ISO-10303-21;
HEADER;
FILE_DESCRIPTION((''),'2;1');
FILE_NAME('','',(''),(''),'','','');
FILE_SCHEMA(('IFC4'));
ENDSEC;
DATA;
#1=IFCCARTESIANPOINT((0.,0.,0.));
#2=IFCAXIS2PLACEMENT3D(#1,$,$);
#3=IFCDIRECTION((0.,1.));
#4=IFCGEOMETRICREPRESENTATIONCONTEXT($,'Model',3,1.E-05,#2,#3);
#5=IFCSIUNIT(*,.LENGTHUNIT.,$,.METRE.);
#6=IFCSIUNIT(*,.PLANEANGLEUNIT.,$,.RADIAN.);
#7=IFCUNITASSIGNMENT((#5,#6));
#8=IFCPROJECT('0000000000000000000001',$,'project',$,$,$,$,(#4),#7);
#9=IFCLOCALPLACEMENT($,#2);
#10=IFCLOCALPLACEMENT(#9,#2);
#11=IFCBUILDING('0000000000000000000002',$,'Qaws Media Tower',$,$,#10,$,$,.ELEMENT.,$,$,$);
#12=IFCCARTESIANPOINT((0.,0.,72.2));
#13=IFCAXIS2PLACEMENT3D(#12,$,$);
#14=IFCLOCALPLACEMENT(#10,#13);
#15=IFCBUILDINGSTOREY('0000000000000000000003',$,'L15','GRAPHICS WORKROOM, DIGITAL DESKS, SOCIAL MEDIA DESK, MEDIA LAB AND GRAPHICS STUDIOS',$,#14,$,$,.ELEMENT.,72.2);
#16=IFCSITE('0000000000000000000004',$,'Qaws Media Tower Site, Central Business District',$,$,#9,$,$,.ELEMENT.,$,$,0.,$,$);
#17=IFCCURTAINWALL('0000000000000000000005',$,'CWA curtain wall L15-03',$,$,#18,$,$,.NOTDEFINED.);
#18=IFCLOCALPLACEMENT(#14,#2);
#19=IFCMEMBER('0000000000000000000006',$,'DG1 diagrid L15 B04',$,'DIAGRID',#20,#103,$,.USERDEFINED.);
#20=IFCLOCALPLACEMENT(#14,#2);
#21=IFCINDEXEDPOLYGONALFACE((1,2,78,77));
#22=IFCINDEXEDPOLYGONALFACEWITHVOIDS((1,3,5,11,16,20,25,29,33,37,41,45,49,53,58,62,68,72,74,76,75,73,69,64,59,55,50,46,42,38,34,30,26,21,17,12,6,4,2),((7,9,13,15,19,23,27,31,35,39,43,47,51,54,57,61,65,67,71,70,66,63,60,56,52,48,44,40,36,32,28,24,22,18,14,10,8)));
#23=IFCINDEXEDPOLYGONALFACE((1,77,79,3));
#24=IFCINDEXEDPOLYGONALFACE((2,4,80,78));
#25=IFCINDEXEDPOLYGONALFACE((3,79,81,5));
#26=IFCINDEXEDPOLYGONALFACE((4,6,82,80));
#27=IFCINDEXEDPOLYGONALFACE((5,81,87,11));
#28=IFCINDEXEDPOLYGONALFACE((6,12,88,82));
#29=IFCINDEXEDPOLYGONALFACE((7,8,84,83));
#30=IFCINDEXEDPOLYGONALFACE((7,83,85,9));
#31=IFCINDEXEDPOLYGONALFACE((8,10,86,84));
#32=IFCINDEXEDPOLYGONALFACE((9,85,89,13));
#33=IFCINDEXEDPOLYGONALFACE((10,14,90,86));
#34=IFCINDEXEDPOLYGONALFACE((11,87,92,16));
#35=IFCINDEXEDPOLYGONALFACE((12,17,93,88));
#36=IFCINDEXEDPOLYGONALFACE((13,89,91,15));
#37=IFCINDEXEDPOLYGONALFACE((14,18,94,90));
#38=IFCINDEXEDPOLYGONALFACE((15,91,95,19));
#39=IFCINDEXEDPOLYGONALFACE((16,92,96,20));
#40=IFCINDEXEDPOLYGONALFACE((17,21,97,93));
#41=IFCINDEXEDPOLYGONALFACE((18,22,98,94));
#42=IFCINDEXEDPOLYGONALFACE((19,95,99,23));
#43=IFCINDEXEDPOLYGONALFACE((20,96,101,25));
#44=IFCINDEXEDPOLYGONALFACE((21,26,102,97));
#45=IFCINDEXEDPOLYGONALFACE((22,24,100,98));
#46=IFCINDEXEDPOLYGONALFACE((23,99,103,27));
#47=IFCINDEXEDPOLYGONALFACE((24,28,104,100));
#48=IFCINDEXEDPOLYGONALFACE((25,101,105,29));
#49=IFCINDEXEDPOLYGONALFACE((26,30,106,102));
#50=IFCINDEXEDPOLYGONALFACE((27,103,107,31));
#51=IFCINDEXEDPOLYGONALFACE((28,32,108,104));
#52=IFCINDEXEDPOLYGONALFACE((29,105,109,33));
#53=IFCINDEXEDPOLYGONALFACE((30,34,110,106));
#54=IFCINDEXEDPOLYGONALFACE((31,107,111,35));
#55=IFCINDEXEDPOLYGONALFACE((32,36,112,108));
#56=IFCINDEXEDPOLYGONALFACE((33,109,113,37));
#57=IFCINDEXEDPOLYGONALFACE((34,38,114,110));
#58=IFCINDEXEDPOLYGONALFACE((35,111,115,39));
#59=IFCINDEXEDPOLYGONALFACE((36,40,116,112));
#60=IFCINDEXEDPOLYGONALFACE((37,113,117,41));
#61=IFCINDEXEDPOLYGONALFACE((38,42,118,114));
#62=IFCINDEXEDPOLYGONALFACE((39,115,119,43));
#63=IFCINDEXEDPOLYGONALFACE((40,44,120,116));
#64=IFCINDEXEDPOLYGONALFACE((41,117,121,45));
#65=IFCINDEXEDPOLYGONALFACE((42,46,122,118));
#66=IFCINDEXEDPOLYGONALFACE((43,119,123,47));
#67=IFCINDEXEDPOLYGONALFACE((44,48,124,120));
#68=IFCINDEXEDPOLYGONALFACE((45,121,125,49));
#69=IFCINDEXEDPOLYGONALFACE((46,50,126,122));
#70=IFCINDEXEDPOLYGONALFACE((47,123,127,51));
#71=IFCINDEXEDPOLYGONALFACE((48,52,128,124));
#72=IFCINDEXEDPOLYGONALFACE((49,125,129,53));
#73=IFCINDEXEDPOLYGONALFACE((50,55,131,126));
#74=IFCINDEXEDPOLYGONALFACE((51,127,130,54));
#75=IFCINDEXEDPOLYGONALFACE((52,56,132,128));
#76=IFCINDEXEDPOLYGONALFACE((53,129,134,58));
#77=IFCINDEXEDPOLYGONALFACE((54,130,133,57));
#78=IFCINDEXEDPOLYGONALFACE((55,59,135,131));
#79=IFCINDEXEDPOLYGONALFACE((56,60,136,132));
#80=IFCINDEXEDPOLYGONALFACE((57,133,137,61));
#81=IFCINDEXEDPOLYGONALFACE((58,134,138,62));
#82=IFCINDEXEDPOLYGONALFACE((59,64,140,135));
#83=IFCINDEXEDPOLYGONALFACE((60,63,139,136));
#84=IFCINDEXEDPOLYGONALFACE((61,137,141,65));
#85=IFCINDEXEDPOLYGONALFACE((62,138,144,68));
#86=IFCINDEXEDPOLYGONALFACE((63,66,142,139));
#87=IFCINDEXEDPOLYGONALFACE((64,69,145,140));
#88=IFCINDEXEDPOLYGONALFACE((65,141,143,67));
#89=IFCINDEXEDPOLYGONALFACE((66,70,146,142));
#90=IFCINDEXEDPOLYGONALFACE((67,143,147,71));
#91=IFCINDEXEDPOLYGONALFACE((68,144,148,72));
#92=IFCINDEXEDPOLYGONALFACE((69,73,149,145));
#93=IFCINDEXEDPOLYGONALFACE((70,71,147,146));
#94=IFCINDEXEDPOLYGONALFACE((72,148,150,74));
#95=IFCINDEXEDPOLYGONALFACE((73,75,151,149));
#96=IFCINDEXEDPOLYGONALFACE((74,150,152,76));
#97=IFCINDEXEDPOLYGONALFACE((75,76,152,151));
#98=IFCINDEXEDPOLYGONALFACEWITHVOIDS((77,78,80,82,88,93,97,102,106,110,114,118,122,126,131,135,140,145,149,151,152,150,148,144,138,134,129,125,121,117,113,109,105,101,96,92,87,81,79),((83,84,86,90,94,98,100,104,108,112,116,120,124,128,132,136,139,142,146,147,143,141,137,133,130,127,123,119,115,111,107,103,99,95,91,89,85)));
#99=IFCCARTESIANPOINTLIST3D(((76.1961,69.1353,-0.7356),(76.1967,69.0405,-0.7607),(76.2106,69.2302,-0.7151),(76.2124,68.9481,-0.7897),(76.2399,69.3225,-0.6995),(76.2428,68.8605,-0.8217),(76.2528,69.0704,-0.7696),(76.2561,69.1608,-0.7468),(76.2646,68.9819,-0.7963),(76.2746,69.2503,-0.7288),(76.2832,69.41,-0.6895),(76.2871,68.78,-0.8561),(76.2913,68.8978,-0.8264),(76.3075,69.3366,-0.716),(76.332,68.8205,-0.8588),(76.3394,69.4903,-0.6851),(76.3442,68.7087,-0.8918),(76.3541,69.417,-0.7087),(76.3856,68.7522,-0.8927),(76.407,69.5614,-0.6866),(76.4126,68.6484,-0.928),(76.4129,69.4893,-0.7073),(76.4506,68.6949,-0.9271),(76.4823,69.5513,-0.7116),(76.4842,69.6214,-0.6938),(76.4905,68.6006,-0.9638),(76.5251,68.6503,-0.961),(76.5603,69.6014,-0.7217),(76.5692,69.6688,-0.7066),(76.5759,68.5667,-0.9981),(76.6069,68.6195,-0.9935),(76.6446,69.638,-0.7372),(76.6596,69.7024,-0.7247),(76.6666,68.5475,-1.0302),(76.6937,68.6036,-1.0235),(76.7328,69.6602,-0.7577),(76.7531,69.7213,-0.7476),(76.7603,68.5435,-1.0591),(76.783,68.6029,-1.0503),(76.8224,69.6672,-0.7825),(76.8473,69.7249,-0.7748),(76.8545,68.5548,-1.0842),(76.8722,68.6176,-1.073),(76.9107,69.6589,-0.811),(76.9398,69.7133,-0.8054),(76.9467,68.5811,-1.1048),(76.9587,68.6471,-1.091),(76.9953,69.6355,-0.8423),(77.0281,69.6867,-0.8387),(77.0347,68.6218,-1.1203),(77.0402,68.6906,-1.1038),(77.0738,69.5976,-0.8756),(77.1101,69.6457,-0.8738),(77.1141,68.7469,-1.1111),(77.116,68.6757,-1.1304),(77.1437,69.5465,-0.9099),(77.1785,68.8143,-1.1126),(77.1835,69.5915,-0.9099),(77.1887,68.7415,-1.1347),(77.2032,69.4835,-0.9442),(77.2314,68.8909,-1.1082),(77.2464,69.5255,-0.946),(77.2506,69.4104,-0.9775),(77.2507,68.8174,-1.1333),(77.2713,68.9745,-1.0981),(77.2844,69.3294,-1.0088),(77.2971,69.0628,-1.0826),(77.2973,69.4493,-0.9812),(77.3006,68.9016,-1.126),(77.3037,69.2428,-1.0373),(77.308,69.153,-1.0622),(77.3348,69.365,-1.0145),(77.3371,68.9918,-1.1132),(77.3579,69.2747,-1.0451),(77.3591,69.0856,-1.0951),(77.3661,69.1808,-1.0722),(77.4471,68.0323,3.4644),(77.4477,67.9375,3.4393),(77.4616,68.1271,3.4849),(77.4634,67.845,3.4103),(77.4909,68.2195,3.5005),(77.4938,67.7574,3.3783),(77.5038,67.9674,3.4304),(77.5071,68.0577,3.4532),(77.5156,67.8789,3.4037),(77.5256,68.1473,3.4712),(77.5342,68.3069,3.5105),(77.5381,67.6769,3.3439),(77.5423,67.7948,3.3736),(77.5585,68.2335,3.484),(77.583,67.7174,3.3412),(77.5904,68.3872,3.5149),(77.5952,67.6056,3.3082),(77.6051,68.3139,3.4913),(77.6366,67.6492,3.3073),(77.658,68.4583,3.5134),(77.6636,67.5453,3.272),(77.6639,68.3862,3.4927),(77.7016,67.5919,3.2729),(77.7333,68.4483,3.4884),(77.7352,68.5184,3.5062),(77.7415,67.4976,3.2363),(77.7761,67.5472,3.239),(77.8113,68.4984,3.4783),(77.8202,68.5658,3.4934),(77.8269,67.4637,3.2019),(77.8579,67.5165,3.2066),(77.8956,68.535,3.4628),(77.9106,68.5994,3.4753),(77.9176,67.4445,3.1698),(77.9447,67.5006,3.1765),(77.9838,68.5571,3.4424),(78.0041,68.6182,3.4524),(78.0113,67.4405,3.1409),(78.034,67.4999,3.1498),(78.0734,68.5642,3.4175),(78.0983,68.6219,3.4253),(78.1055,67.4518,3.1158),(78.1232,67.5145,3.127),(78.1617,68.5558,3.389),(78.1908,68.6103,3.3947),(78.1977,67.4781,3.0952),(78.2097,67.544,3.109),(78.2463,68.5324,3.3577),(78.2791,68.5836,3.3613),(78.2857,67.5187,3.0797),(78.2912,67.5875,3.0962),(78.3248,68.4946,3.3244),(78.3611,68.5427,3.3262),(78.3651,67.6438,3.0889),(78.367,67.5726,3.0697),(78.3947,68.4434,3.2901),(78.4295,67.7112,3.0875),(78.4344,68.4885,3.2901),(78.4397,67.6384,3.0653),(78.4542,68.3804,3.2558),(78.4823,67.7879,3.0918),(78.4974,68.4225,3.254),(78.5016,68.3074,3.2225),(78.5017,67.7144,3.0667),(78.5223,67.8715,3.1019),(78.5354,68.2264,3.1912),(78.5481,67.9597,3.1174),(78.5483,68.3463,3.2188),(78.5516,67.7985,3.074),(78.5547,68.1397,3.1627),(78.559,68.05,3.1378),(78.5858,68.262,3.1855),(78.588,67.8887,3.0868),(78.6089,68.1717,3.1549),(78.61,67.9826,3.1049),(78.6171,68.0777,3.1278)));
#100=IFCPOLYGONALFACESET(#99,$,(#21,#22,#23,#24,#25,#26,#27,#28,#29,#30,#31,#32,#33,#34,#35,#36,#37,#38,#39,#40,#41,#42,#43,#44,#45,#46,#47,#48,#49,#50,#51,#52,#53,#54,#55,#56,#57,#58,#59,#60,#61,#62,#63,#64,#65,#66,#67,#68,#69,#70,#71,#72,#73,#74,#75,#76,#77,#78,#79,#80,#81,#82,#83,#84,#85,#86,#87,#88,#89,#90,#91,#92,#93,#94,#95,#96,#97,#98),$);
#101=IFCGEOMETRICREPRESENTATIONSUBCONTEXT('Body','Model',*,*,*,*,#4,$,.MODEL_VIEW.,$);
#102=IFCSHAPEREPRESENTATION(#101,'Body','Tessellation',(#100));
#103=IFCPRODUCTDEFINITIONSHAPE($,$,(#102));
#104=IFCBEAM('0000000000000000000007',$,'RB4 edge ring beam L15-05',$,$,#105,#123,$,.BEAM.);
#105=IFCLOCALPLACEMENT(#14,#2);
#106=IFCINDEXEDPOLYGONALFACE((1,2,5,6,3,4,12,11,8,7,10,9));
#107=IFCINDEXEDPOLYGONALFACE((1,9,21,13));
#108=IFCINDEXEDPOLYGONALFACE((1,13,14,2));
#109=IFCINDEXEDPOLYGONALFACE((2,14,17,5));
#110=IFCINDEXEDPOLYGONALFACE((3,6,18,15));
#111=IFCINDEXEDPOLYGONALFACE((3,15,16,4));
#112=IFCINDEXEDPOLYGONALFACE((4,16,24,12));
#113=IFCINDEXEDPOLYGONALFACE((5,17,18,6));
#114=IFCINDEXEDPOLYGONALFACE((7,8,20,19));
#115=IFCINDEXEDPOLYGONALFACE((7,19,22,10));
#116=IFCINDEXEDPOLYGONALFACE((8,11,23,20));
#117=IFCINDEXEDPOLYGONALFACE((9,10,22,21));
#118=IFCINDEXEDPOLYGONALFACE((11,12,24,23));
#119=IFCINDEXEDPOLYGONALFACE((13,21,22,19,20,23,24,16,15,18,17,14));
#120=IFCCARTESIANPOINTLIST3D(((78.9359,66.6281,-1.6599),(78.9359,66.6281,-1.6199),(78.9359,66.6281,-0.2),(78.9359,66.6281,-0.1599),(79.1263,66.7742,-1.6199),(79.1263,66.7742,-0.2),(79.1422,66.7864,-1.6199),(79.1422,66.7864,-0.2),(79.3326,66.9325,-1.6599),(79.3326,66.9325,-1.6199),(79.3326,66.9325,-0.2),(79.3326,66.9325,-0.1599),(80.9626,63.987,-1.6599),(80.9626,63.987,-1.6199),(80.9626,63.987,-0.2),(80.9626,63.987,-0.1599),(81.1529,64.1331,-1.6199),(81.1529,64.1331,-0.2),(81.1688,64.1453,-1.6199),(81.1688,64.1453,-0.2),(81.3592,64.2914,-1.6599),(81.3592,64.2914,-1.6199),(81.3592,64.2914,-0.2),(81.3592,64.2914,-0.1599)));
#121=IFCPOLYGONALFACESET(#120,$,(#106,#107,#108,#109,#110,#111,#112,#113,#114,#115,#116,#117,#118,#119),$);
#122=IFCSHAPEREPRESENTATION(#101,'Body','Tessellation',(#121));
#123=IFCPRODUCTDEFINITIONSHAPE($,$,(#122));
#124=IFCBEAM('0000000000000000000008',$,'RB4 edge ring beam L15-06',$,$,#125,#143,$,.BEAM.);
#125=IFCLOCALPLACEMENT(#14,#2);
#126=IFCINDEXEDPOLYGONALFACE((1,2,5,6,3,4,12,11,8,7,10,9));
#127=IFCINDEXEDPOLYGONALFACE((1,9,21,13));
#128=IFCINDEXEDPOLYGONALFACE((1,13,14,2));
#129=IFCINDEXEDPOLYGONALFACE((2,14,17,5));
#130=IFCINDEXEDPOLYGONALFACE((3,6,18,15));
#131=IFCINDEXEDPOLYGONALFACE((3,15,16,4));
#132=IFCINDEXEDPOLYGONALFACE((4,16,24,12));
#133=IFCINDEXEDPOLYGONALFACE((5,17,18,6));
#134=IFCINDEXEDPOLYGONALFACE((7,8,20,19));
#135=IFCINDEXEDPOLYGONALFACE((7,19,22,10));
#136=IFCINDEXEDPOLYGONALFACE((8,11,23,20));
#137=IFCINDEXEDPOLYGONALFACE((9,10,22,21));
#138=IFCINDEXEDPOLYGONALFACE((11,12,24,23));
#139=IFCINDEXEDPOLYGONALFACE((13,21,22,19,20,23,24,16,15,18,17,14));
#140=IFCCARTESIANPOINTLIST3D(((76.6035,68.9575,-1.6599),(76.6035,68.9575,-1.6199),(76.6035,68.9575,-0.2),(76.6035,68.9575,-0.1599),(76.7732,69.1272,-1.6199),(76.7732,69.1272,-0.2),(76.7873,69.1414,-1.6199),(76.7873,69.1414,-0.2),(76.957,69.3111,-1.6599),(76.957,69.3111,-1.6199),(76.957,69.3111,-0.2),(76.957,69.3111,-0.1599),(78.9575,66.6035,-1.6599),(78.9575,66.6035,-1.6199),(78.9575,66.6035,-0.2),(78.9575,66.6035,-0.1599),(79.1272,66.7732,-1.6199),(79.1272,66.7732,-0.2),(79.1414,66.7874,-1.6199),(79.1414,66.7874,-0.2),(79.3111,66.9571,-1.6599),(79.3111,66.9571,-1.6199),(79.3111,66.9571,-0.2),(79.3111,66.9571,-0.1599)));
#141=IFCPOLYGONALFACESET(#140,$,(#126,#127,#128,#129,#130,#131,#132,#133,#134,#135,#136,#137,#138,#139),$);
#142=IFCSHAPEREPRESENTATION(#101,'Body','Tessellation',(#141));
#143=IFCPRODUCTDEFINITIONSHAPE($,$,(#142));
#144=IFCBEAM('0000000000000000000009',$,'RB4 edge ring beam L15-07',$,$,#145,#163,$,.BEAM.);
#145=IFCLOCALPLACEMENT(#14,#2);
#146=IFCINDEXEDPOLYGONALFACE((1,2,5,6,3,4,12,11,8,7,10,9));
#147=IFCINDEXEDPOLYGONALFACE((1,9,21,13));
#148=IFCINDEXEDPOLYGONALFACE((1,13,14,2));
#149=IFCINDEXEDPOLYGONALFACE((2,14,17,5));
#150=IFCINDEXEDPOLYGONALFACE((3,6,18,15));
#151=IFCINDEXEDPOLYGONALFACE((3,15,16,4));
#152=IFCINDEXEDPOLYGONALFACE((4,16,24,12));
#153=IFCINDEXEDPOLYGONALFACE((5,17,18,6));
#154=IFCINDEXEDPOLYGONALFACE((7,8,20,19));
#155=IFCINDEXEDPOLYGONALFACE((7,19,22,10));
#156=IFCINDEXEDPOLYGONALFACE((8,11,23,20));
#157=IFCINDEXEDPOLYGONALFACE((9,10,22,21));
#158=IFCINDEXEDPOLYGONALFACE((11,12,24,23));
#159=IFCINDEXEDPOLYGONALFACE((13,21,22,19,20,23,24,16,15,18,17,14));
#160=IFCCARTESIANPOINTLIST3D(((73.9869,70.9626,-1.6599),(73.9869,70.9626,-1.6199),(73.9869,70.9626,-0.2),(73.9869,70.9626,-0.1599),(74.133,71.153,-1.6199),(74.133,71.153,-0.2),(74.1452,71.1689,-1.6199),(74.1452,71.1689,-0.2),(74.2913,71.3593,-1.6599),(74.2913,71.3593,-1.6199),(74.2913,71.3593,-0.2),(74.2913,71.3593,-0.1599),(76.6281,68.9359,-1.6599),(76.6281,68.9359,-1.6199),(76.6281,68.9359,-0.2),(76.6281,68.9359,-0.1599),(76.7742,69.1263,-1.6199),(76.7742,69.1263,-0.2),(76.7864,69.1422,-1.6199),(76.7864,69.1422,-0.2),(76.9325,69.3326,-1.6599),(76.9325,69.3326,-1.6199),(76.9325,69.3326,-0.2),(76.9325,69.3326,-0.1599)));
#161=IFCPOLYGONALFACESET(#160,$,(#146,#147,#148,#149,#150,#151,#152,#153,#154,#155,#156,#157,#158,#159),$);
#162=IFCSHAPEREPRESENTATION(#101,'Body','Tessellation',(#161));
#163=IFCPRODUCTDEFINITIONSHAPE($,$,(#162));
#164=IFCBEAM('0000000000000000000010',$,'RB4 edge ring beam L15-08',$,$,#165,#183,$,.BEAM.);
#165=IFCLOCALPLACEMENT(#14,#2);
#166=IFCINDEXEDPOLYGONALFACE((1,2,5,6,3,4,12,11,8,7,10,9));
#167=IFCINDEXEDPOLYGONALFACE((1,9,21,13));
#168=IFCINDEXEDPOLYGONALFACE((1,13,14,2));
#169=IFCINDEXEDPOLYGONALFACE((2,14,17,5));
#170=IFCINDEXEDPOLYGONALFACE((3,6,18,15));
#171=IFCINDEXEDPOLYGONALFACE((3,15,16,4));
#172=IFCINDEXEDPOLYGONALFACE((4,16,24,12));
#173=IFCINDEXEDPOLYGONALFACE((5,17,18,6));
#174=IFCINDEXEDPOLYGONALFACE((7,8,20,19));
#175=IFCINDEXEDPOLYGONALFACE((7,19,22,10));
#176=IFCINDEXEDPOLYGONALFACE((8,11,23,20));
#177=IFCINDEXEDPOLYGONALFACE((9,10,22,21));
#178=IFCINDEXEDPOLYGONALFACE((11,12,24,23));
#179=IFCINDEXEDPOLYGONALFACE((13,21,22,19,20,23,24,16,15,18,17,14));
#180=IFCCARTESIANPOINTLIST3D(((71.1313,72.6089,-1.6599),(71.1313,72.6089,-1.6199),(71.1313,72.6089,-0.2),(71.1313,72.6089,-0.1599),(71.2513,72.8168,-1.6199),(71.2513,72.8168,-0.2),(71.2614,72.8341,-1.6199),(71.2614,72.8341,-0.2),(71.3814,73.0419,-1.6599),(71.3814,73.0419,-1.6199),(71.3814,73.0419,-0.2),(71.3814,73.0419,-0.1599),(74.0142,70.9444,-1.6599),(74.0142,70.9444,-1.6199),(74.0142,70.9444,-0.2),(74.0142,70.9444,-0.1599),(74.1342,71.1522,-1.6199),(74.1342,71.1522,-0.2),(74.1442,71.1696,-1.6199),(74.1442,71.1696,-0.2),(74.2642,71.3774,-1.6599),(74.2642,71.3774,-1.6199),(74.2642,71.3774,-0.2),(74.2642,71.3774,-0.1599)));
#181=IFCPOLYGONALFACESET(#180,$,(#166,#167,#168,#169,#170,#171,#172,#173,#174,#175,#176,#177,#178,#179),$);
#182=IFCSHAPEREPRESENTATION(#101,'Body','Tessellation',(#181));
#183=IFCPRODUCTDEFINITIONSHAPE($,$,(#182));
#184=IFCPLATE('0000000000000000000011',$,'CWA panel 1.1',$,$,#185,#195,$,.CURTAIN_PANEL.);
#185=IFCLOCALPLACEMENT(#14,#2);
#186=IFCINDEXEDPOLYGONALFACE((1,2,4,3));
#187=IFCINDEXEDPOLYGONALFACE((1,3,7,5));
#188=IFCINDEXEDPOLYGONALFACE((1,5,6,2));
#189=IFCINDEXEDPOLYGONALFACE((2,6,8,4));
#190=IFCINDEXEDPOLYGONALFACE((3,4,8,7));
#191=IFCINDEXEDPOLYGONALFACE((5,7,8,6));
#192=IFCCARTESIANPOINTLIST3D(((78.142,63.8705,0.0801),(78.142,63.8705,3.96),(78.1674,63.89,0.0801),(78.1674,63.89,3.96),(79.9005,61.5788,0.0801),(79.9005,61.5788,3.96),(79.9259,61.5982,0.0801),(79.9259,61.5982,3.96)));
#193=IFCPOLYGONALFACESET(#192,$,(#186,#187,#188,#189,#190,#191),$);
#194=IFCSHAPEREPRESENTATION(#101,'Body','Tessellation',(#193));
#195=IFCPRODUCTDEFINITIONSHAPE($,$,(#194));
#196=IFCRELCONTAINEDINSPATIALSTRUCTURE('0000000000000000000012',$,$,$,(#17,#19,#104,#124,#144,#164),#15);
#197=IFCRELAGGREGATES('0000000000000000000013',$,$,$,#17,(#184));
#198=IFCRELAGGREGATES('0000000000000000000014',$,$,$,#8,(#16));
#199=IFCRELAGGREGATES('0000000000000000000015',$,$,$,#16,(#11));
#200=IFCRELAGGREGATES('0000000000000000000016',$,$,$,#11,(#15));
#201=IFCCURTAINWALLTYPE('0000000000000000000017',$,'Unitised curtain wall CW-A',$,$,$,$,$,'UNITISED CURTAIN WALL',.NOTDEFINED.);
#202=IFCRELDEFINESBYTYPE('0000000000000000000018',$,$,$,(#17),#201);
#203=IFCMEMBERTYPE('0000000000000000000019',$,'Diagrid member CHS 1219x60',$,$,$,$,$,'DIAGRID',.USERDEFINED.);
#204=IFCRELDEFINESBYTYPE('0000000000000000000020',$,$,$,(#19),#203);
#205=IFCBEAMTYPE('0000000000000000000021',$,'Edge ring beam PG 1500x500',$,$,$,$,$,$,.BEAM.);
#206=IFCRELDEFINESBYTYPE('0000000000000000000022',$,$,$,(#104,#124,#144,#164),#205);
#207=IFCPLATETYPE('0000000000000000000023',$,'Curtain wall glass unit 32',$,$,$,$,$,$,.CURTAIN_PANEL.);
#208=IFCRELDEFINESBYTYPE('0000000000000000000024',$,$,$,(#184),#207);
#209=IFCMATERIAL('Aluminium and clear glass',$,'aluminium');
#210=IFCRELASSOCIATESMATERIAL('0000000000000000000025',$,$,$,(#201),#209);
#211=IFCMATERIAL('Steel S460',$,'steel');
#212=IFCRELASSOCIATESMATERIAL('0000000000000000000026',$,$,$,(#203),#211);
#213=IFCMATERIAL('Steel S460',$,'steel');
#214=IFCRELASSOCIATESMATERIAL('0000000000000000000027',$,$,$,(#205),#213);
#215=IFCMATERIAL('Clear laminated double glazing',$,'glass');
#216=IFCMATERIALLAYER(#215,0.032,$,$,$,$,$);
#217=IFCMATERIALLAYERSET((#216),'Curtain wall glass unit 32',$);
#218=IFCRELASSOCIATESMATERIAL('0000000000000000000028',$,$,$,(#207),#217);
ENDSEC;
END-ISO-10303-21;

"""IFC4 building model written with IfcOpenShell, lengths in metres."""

from ifc_helpers import new_model, si_unit, direction, frame, origin, origin_2d, place, context, subcontext, project, spatial, rectangle, hollow_circle, i_section, extrude, material, layer, layer_set, material_profile, profile_set, type_object, element, aggregate, save


model = new_model("IFC4")

# Units and contexts
model_context = context("Model", 3, precision=1e-05, world=origin(), true_north=direction((0.0, 1.0)))
body_context = subcontext(model_context, "Body", "Model", "MODEL_VIEW")
ifc_project = project(units=[si_unit("LENGTHUNIT", "METRE"), si_unit("PLANEANGLEUNIT", "RADIAN")], contexts=[model_context])

# Site, building, storey
site_placement = place(None, origin())
site = spatial("IfcSite", under=ifc_project, at=site_placement, Name="Qaws Media Tower Site, Central Business District", CompositionType="ELEMENT", RefElevation=0.0)
building_placement = place(site_placement, origin())
building = spatial("IfcBuilding", under=site, at=building_placement, Name="Qaws Media Tower", CompositionType="ELEMENT")
storey_placement = place(building_placement, frame((0.0, 0.0, 72.2)))
storey = spatial("IfcBuildingStorey", under=building, at=storey_placement, Name="L15", Description="GRAPHICS WORKROOM, DIGITAL DESKS, SOCIAL MEDIA DESK, MEDIA LAB AND GRAPHICS STUDIOS", CompositionType="ELEMENT", Elevation=72.2)

# Shared definitions
ifc_material_1 = material(Name="Aluminium and clear glass", Category="aluminium")
curtain_wall_type = type_object("IfcCurtainWallType", Name="Unitised curtain wall CW-A", ElementType="UNITISED CURTAIN WALL", PredefinedType="NOTDEFINED", material=ifc_material_1)

# Curtain wall
curtain_wall_1_placement = place(storey_placement, origin())
curtain_wall_1 = element("IfcCurtainWall", 1, at=curtain_wall_1_placement, inside=storey, type_object=curtain_wall_type, Name="CWA curtain wall L15-03", PredefinedType="NOTDEFINED")

# Member
ifc_material_2 = material(Name="Steel S460", Category="steel")
ifc_material_profile_1 = material_profile(ifc_material_2, hollow_circle(Radius=0.6096, WallThickness=0.0601, at=origin_2d()), Name="CHS 1219x60")
ifc_profile_set_1 = profile_set([ifc_material_profile_1], Name="Steel S460")
member_type_1 = type_object("IfcMemberType", Name="Diagrid member CHS 1219x60", ElementType="DIAGRID", PredefinedType="USERDEFINED", material=ifc_profile_set_1)
for number, where, z_axis, x_axis, name in (
    (2, (76.7803, 69.1343, -0.9099), (0.276827, -0.244088, 0.929402), (0.66136, 0.750068, 0.0), "DG1 diagrid L15 B04"),
):
    element("IfcMember", number, at=place(storey_placement, frame(where, z_axis=z_axis, x_axis=x_axis)), inside=storey, type_object=member_type_1, Name=name, ObjectType="DIAGRID", PredefinedType="USERDEFINED", context=body_context, shape_type="SweptSolid", body=[
        extrude(hollow_circle(Radius=0.6096, WallThickness=0.0601, at=origin_2d()), origin(), (0.0, 0.0, 1.0), 4.519),
    ])

# Beams
ifc_material_3 = material(Name="Steel S460", Category="steel")
ifc_material_profile_2 = material_profile(ifc_material_3, i_section(OverallWidth=0.5, OverallDepth=1.5, WebThickness=0.02, FlangeThickness=0.04, at=origin_2d()), Name="PG 1500x500")
ifc_profile_set_2 = profile_set([ifc_material_profile_2], Name="Steel S460")
beam_type = type_object("IfcBeamType", Name="Edge ring beam PG 1500x500", PredefinedType="BEAM", material=ifc_profile_set_2)
for number, where, z_axis, x_axis, name in (
    (3, (81.1609, 64.1392, -0.9099), (-0.608764, 0.793351, 0.0), (-0.793351, -0.608764, 0.0), "RB4 edge ring beam L15-05"),
    (4, (79.1343, 66.7803, -0.9099), (-0.707107, 0.707107, 0.0), (-0.707107, -0.707107, 0.0), "RB4 edge ring beam L15-06"),
    (5, (76.7803, 69.1343, -0.9099), (-0.793351, 0.608764, 0.0), (-0.608764, -0.793351, 0.0), "RB4 edge ring beam L15-07"),
):
    element("IfcBeam", number, at=place(storey_placement, frame(where, z_axis=z_axis, x_axis=x_axis)), inside=storey, type_object=beam_type, Name=name, PredefinedType="BEAM", context=body_context, shape_type="SweptSolid", body=[
        extrude(i_section(OverallWidth=0.5, OverallDepth=1.5, WebThickness=0.02, FlangeThickness=0.04, at=origin_2d()), origin(), (0.0, 0.0, 1.0), 3.3291),
    ])
beam_placement = place(storey_placement, frame((74.1392, 71.1609, -0.9099), z_axis=(-0.866005, 0.500036, 0.0), x_axis=(-0.500036, -0.866005, 0.0)))
element("IfcBeam", 6, at=beam_placement, inside=storey, type_object=beam_type, Name="RB4 edge ring beam L15-08", PredefinedType="BEAM", context=body_context, shape_type="SweptSolid", body=[
    extrude(i_section(OverallWidth=0.5, OverallDepth=1.5, WebThickness=0.02, FlangeThickness=0.04, at=origin_2d()), origin(), (0.0, 0.0, 1.0), 3.3289),
])

# Plate
ifc_material_4 = material(Name="Clear laminated double glazing", Category="glass")
ifc_layer_1 = layer(ifc_material_4, 0.032)
ifc_layer_set_1 = layer_set([ifc_layer_1], Name="Curtain wall glass unit 32")
plate_type_1 = type_object("IfcPlateType", Name="Curtain wall glass unit 32", PredefinedType="CURTAIN_PANEL", material=ifc_layer_set_1)
plate_1_placement = place(storey_placement, frame((79.0339, 62.7344, 0.0801), z_axis=(0.0, 0.0, 1.0), x_axis=(-0.608762, 0.793353, 0.0)))
plate_1 = element("IfcPlate", 7, at=plate_1_placement, type_object=plate_type_1, Name="CWA panel 1.1", PredefinedType="CURTAIN_PANEL", context=body_context, shape_type="SweptSolid", body=[
    extrude(rectangle(XDim=2.8887, YDim=0.032, at=origin_2d()), origin(), (0.0, 0.0, 1.0), 3.8799),
])
aggregate(curtain_wall_1, [plate_1])

save(model, "model.ifc")
